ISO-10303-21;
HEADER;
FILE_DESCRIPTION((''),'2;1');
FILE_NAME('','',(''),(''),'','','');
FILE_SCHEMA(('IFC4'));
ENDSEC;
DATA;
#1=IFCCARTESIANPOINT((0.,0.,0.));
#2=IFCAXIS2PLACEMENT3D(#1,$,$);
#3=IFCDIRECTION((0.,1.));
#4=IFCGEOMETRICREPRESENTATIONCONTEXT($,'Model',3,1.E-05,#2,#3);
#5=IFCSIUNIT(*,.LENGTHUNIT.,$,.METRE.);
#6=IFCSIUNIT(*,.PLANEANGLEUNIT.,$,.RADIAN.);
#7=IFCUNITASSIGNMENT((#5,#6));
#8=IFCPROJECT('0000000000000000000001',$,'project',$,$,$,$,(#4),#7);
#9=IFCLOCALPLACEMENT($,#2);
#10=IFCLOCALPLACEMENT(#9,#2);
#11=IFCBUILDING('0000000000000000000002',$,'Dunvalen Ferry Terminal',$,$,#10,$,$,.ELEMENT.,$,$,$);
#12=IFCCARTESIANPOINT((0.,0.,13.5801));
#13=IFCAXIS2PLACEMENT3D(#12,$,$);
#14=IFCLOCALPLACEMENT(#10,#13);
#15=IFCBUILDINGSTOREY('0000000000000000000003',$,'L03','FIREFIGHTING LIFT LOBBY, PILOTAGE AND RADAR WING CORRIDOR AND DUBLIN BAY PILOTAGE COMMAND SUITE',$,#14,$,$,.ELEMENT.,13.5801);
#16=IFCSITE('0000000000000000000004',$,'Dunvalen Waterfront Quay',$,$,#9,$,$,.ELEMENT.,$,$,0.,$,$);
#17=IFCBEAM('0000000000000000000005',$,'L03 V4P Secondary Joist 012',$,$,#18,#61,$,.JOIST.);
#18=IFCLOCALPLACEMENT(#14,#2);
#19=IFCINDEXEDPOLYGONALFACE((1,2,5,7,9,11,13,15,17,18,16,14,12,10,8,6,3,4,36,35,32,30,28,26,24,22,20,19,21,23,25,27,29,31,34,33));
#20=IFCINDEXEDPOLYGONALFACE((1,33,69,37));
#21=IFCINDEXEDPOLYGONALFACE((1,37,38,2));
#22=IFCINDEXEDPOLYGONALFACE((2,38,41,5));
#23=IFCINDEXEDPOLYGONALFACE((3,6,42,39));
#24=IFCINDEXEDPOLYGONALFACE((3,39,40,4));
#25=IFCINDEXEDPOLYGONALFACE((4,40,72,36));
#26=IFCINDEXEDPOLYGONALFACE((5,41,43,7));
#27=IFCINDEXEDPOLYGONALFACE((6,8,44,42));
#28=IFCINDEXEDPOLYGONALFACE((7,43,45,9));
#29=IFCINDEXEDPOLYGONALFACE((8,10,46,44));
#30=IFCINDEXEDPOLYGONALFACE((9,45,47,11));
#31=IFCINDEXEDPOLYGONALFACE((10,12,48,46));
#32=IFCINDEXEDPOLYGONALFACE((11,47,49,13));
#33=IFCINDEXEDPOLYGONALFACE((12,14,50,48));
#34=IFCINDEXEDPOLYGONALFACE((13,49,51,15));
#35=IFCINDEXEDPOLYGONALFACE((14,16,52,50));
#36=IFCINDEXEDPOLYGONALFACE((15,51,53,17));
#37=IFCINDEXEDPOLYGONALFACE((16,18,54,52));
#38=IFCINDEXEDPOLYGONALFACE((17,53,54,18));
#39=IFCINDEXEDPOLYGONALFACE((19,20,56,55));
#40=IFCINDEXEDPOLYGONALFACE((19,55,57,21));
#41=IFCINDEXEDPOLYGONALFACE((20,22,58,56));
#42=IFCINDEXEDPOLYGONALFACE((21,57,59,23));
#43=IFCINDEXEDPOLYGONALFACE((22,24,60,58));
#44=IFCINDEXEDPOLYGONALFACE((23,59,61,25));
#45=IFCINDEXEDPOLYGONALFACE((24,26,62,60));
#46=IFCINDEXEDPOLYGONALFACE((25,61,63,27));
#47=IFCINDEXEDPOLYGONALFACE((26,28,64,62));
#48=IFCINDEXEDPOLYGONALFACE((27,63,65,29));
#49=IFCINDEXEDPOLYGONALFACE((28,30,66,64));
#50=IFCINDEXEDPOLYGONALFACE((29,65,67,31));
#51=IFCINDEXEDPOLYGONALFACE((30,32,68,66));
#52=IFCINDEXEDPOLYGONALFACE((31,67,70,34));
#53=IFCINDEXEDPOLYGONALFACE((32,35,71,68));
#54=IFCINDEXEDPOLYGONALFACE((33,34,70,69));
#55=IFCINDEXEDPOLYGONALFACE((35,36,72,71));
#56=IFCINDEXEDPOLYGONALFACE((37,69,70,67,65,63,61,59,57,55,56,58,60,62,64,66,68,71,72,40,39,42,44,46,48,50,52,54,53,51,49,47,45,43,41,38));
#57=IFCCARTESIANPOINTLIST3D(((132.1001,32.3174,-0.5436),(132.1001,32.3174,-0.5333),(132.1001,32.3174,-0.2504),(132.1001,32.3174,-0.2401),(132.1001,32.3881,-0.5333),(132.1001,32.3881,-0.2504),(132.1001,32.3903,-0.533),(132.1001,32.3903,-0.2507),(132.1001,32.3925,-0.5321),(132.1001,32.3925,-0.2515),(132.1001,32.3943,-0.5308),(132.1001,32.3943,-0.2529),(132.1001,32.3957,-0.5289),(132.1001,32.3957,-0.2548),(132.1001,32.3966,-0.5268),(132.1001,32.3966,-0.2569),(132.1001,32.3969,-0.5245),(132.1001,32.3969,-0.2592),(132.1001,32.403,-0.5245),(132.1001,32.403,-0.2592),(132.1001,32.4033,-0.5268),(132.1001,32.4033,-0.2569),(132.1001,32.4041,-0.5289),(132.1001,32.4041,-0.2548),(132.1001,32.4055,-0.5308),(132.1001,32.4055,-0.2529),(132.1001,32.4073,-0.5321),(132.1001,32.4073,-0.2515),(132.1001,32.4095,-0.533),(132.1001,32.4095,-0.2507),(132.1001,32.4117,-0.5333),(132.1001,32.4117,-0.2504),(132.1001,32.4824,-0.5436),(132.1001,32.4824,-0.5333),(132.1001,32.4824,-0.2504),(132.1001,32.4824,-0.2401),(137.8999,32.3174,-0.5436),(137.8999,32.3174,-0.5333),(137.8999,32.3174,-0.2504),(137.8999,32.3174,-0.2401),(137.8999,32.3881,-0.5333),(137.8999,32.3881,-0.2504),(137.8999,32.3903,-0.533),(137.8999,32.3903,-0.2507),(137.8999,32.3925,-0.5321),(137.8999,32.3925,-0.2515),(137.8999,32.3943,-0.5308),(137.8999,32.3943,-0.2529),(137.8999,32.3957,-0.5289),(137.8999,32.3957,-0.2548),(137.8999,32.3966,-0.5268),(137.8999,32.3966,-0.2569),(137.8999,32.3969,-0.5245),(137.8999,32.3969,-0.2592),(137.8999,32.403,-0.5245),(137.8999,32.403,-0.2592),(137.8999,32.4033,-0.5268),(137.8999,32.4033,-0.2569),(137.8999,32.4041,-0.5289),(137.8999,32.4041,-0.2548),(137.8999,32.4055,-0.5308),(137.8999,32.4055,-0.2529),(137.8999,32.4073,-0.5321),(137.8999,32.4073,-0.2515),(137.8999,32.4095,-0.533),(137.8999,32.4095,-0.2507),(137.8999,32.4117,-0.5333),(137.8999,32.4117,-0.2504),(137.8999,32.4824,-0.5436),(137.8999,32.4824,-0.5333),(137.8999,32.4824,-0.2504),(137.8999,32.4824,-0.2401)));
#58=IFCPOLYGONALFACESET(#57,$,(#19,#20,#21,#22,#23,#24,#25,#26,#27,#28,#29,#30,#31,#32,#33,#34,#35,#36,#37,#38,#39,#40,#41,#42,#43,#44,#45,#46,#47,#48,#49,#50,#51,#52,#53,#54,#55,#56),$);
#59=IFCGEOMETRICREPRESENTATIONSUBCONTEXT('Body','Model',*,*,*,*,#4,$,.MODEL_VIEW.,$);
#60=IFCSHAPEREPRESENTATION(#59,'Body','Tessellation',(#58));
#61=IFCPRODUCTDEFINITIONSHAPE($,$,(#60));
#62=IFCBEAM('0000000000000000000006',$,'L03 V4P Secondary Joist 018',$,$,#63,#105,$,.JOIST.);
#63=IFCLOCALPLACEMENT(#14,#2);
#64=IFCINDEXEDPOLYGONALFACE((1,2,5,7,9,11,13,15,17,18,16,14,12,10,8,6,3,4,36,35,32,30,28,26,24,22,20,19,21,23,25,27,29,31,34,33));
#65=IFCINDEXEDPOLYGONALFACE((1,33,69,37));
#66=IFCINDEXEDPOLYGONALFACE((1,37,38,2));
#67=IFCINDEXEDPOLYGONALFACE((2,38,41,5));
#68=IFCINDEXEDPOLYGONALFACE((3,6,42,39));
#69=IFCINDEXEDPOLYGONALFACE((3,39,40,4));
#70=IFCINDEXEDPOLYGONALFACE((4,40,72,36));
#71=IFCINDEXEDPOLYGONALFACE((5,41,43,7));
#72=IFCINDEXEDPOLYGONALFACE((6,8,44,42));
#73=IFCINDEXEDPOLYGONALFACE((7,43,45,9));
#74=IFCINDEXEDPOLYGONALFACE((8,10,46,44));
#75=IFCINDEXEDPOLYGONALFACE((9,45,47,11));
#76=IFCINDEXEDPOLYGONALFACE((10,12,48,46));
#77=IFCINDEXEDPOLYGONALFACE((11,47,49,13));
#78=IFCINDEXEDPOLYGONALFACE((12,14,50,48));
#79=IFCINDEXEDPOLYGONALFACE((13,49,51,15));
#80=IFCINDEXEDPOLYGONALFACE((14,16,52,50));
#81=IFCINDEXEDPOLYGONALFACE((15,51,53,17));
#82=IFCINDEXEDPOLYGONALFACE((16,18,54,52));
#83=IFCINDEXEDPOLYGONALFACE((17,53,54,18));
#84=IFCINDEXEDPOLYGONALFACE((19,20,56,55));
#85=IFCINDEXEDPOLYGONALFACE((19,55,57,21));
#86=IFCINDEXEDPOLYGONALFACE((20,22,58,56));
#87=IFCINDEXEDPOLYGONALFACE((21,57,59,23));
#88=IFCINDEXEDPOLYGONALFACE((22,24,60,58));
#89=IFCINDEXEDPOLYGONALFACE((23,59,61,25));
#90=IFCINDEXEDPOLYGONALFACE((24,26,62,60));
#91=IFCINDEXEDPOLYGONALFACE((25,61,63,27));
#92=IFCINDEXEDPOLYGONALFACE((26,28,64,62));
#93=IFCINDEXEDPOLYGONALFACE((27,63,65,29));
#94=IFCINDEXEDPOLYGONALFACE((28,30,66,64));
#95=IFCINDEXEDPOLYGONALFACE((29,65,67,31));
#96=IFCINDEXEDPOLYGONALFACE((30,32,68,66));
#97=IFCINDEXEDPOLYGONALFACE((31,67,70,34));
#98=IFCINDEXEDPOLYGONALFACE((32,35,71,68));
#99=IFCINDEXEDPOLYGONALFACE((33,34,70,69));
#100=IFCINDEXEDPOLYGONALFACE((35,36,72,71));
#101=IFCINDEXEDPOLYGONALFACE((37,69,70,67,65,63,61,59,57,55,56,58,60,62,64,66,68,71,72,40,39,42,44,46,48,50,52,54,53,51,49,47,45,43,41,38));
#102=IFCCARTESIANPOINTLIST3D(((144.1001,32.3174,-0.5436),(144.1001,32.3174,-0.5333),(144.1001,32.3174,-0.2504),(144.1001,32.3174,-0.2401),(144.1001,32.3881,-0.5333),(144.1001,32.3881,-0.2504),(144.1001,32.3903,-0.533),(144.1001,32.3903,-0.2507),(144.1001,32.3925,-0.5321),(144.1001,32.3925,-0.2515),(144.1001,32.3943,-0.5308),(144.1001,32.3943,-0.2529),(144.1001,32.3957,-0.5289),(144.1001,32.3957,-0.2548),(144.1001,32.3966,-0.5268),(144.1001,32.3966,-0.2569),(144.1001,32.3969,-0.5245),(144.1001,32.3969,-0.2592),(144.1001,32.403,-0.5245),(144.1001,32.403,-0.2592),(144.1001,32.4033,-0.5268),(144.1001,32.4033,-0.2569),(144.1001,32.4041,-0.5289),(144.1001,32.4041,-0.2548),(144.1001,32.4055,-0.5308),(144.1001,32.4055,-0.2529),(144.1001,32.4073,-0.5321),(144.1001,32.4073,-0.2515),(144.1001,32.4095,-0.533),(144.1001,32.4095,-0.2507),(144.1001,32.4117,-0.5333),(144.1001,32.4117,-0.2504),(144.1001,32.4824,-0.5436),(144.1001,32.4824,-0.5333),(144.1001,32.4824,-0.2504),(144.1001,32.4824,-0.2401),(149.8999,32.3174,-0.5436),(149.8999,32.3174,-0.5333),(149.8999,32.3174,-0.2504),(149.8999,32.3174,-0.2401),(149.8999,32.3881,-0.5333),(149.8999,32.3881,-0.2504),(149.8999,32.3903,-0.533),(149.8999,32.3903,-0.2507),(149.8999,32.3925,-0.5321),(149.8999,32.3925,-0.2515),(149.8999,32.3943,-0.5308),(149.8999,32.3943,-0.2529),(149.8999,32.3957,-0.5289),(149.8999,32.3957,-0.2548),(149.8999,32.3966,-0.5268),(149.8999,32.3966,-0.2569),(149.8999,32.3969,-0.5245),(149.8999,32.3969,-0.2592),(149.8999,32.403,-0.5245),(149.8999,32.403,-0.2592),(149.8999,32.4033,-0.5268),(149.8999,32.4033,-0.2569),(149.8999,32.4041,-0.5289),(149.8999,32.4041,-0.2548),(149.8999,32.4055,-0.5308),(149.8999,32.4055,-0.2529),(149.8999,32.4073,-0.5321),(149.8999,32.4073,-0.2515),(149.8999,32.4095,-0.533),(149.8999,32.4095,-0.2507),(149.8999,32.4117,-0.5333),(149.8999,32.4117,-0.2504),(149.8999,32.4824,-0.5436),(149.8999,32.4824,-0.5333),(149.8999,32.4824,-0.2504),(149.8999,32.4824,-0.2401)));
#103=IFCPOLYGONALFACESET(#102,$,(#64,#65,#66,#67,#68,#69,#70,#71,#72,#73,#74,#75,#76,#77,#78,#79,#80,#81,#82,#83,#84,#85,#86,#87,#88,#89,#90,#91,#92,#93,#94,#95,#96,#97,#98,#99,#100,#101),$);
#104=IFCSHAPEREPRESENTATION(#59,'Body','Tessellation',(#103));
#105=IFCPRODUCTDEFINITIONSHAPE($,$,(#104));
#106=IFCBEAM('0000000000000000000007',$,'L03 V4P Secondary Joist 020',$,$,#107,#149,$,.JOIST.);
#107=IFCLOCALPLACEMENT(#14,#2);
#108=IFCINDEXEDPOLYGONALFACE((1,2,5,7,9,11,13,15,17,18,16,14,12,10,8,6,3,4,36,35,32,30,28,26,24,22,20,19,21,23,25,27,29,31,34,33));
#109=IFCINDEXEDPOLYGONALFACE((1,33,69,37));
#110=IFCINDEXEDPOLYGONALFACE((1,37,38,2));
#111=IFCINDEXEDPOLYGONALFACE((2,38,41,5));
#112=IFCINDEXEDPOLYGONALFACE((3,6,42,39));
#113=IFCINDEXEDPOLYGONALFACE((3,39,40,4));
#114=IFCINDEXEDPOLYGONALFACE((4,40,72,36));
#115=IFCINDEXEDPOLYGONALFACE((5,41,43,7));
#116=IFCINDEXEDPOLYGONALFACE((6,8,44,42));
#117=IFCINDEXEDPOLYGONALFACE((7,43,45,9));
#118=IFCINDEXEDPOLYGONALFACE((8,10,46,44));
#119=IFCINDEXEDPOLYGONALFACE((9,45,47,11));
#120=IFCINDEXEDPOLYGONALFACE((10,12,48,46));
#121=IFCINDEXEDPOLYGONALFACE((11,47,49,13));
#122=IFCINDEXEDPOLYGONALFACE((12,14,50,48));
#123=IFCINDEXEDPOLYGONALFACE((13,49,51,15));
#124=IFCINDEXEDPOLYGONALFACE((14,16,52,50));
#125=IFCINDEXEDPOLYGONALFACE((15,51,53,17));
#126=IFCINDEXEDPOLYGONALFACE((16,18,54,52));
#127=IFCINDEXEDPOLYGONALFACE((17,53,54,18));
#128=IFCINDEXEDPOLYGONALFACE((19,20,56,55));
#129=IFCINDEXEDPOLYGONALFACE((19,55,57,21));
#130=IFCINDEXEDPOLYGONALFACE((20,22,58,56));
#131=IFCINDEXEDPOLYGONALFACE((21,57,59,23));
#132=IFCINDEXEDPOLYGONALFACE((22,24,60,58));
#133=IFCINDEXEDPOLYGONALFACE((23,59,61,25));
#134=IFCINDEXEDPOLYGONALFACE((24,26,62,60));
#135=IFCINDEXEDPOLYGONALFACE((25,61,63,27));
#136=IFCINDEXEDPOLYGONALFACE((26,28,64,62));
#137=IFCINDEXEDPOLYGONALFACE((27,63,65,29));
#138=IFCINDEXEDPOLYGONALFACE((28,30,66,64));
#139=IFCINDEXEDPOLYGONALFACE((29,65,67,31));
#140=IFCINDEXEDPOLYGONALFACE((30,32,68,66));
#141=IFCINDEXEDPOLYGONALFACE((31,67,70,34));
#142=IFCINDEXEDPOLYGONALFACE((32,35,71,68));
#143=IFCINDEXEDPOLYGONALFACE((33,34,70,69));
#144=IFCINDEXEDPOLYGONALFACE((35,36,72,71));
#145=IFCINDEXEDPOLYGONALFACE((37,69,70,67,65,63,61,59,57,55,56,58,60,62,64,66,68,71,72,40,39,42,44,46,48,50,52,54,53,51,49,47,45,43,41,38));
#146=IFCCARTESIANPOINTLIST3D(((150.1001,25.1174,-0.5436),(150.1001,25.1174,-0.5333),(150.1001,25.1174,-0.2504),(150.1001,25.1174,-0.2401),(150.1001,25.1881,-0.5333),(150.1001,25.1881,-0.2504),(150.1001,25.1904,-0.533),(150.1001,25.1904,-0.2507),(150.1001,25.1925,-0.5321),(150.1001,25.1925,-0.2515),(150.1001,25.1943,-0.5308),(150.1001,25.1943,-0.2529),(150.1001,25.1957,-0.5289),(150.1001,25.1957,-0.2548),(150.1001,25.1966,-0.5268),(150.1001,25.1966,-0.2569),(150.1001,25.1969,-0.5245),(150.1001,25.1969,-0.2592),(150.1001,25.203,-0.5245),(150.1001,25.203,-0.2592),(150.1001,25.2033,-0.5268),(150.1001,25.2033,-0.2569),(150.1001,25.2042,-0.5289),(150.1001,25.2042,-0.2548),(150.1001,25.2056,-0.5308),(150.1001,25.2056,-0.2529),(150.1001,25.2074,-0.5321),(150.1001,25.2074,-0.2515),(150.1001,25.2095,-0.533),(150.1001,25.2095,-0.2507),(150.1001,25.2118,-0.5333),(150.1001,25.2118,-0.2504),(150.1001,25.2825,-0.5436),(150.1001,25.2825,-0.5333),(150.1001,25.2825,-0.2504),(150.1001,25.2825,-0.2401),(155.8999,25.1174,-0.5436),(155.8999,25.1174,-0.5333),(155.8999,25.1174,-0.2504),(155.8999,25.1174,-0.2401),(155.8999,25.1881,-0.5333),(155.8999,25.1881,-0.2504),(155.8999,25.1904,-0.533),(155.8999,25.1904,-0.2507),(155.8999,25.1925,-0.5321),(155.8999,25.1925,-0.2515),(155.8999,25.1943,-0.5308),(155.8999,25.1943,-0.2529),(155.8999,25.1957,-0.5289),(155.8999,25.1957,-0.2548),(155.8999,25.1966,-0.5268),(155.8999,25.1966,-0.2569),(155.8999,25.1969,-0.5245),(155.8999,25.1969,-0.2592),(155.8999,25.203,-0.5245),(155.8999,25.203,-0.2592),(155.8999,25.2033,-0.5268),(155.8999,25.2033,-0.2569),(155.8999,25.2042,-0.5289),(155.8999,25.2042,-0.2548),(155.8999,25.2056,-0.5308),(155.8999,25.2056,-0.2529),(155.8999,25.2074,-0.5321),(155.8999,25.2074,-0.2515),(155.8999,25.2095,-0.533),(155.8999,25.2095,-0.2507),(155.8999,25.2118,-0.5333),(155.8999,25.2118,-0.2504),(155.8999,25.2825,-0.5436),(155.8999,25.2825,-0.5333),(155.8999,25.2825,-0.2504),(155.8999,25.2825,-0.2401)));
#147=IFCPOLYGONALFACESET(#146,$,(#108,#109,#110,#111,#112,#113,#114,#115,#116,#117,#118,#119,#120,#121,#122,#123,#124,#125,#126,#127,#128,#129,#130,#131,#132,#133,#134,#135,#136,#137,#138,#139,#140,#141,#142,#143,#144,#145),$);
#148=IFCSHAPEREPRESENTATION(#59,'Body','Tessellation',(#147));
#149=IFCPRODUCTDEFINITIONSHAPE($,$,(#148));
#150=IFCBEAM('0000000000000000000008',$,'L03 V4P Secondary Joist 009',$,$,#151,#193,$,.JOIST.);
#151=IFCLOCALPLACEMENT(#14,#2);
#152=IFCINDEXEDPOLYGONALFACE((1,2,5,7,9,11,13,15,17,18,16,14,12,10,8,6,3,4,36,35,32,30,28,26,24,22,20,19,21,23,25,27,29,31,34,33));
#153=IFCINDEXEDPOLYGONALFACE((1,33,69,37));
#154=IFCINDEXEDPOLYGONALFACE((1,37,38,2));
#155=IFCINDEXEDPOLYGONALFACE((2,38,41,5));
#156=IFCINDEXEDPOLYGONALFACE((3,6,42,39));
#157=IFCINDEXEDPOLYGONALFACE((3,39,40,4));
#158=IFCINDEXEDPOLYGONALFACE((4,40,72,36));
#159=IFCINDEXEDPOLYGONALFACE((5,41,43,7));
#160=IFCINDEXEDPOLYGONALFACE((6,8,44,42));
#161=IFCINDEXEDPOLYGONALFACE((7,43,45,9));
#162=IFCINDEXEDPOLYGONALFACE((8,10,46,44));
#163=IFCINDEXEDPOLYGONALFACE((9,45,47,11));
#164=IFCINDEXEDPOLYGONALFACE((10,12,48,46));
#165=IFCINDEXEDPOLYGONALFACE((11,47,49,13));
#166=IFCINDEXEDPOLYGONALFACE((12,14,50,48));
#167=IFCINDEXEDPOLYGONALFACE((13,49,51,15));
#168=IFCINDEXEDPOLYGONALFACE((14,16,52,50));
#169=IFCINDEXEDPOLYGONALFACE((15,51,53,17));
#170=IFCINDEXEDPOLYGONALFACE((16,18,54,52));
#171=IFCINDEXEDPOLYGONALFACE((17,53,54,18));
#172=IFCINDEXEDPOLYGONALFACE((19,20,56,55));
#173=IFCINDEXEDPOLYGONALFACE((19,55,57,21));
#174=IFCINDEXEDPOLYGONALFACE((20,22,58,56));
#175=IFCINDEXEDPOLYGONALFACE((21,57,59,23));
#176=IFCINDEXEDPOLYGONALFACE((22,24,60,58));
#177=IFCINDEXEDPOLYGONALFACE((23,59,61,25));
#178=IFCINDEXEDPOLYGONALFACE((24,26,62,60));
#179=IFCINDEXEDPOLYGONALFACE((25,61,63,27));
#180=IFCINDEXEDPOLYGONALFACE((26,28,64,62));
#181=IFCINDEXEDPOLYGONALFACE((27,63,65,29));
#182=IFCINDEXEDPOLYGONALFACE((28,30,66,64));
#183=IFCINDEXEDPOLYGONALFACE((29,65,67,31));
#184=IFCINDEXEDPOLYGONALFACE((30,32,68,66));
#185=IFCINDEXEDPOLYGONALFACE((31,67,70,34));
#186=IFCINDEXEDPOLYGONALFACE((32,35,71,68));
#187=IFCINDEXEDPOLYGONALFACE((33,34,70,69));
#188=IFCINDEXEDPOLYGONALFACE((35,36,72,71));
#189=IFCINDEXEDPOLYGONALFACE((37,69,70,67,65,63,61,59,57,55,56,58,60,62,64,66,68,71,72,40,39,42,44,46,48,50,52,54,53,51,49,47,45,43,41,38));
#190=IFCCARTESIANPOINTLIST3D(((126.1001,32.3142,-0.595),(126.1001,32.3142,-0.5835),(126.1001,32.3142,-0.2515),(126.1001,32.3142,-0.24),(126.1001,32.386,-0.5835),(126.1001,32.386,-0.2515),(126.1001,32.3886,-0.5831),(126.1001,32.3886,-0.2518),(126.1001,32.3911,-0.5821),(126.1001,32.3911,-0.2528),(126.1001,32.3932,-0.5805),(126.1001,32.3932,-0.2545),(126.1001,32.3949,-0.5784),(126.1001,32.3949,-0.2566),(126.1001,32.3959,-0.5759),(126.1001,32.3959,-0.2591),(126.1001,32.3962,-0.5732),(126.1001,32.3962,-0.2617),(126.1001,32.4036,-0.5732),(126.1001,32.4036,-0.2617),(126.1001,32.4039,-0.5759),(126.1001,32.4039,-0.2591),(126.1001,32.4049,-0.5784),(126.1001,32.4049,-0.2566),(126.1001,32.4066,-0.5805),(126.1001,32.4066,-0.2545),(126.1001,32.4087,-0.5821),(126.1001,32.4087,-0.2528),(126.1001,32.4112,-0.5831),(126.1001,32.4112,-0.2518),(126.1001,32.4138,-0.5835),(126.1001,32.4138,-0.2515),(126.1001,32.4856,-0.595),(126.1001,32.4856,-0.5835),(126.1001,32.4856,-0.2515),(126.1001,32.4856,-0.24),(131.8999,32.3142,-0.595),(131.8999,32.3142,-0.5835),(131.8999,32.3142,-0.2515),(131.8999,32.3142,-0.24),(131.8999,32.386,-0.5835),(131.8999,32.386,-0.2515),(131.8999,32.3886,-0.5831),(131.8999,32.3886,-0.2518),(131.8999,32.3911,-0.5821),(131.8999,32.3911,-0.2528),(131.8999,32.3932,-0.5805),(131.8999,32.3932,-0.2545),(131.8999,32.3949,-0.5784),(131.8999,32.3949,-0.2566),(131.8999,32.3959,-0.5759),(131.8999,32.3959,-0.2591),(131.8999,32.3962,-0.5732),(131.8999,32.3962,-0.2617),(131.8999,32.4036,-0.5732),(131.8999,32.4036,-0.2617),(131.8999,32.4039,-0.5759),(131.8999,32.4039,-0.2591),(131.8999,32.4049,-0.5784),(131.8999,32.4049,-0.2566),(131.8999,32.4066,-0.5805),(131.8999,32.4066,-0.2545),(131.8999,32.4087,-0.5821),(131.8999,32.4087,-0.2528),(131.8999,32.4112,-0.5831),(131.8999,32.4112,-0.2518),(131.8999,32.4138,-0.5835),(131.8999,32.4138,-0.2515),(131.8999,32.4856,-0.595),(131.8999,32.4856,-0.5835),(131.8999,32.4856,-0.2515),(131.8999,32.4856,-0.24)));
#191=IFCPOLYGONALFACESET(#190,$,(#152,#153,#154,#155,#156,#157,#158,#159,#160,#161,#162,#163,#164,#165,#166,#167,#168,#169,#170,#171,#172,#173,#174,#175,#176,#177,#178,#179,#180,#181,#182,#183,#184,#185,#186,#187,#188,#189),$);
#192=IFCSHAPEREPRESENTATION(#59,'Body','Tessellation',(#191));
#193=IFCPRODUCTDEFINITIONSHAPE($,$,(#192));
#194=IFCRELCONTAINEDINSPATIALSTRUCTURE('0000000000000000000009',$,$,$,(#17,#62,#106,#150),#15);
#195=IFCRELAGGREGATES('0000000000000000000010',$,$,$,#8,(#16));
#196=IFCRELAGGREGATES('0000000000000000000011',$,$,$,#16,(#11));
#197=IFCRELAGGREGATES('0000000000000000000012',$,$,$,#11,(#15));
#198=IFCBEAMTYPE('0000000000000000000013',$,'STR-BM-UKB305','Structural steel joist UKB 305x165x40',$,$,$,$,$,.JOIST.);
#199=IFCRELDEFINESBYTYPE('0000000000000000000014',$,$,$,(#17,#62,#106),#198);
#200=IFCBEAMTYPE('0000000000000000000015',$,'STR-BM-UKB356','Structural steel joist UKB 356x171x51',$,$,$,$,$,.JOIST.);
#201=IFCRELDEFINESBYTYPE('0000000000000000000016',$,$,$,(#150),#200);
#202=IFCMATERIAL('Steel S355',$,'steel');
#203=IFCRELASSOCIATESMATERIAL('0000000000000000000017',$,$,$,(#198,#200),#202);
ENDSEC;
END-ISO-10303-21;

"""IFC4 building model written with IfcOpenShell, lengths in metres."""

from ifc_helpers import new_model, si_unit, direction, frame, origin, origin_2d, place, context, subcontext, project, spatial, i_section, extrude, material, material_profile, profile_set, type_object, element, save


model = new_model("IFC4")

# Units and contexts
model_context = context("Model", 3, precision=1e-05, world=origin(), true_north=direction((0.0, 1.0)))
body_context = subcontext(model_context, "Body", "Model", "MODEL_VIEW")
ifc_project = project(units=[si_unit("LENGTHUNIT", "METRE"), si_unit("PLANEANGLEUNIT", "RADIAN")], contexts=[model_context])

# Site, building, storey
site_placement = place(None, origin())
site = spatial("IfcSite", under=ifc_project, at=site_placement, Name="Dunvalen Waterfront Quay", CompositionType="ELEMENT", RefElevation=0.0)
building_placement = place(site_placement, origin())
building = spatial("IfcBuilding", under=site, at=building_placement, Name="Dunvalen Ferry Terminal", CompositionType="ELEMENT")
storey_placement = place(building_placement, frame((0.0, 0.0, 13.5801)))
storey = spatial("IfcBuildingStorey", under=building, at=storey_placement, Name="L03", Description="FIREFIGHTING LIFT LOBBY, PILOTAGE AND RADAR WING CORRIDOR AND DUBLIN BAY PILOTAGE COMMAND SUITE", CompositionType="ELEMENT", Elevation=13.5801)

# Beams
ifc_material_1 = material(Name="Steel S355", Category="steel")
ifc_material_profile_1 = material_profile(ifc_material_1, i_section(OverallWidth=0.165, OverallDepth=0.3035, WebThickness=0.0061, FlangeThickness=0.0103, FilletRadius=0.0088, at=origin_2d()), Name="Steel S355")
ifc_profile_set_1 = profile_set([ifc_material_profile_1], Name="Steel S355")
beam_type_1 = type_object("IfcBeamType", Name="STR-BM-UKB305", Description="Structural steel joist UKB 305x165x40", PredefinedType="JOIST", material=ifc_profile_set_1)
for number, where, z_axis, x_axis, name in (
    (1, (132.1001, 32.3999, -0.3918), (1.0, 0.0, 0.0), (0.0, 1.0, 0.0), "L03 V4P Secondary Joist 012"),
    (2, (144.1001, 32.3999, -0.3918), (1.0, 0.0, 0.0), (0.0, 1.0, 0.0), "L03 V4P Secondary Joist 018"),
    (3, (150.1001, 25.2, -0.3918), (1.0, 0.0, 0.0), (0.0, 1.0, 0.0), "L03 V4P Secondary Joist 020"),
):
    element("IfcBeam", number, at=place(storey_placement, frame(where, z_axis=z_axis, x_axis=x_axis)), inside=storey, type_object=beam_type_1, Name=name, PredefinedType="JOIST", context=body_context, shape_type="SweptSolid", body=[
        extrude(i_section(OverallWidth=0.165, OverallDepth=0.3035, WebThickness=0.0061, FlangeThickness=0.0103, FilletRadius=0.0088, at=origin_2d()), origin(), (0.0, 0.0, 1.0), 5.7998),
    ])
ifc_material_profile_2 = material_profile(ifc_material_1, i_section(OverallWidth=0.1714, OverallDepth=0.355, WebThickness=0.0073, FlangeThickness=0.0115, FilletRadius=0.0103, at=origin_2d()), Name="Steel S355")
ifc_profile_set_2 = profile_set([ifc_material_profile_2], Name="Steel S355")
beam_type_2 = type_object("IfcBeamType", Name="STR-BM-UKB356", Description="Structural steel joist UKB 356x171x51", PredefinedType="JOIST", material=ifc_profile_set_2)
for number, where, z_axis, x_axis, name in (
    (4, (126.1001, 32.3999, -0.4175), (1.0, 0.0, 0.0), (0.0, 1.0, 0.0), "L03 V4P Secondary Joist 009"),
):
    element("IfcBeam", number, at=place(storey_placement, frame(where, z_axis=z_axis, x_axis=x_axis)), inside=storey, type_object=beam_type_2, Name=name, PredefinedType="JOIST", context=body_context, shape_type="SweptSolid", body=[
        extrude(i_section(OverallWidth=0.1714, OverallDepth=0.355, WebThickness=0.0073, FlangeThickness=0.0115, FilletRadius=0.0103, at=origin_2d()), origin(), (0.0, 0.0, 1.0), 5.7998),
    ])

save(model, "model.ifc")
